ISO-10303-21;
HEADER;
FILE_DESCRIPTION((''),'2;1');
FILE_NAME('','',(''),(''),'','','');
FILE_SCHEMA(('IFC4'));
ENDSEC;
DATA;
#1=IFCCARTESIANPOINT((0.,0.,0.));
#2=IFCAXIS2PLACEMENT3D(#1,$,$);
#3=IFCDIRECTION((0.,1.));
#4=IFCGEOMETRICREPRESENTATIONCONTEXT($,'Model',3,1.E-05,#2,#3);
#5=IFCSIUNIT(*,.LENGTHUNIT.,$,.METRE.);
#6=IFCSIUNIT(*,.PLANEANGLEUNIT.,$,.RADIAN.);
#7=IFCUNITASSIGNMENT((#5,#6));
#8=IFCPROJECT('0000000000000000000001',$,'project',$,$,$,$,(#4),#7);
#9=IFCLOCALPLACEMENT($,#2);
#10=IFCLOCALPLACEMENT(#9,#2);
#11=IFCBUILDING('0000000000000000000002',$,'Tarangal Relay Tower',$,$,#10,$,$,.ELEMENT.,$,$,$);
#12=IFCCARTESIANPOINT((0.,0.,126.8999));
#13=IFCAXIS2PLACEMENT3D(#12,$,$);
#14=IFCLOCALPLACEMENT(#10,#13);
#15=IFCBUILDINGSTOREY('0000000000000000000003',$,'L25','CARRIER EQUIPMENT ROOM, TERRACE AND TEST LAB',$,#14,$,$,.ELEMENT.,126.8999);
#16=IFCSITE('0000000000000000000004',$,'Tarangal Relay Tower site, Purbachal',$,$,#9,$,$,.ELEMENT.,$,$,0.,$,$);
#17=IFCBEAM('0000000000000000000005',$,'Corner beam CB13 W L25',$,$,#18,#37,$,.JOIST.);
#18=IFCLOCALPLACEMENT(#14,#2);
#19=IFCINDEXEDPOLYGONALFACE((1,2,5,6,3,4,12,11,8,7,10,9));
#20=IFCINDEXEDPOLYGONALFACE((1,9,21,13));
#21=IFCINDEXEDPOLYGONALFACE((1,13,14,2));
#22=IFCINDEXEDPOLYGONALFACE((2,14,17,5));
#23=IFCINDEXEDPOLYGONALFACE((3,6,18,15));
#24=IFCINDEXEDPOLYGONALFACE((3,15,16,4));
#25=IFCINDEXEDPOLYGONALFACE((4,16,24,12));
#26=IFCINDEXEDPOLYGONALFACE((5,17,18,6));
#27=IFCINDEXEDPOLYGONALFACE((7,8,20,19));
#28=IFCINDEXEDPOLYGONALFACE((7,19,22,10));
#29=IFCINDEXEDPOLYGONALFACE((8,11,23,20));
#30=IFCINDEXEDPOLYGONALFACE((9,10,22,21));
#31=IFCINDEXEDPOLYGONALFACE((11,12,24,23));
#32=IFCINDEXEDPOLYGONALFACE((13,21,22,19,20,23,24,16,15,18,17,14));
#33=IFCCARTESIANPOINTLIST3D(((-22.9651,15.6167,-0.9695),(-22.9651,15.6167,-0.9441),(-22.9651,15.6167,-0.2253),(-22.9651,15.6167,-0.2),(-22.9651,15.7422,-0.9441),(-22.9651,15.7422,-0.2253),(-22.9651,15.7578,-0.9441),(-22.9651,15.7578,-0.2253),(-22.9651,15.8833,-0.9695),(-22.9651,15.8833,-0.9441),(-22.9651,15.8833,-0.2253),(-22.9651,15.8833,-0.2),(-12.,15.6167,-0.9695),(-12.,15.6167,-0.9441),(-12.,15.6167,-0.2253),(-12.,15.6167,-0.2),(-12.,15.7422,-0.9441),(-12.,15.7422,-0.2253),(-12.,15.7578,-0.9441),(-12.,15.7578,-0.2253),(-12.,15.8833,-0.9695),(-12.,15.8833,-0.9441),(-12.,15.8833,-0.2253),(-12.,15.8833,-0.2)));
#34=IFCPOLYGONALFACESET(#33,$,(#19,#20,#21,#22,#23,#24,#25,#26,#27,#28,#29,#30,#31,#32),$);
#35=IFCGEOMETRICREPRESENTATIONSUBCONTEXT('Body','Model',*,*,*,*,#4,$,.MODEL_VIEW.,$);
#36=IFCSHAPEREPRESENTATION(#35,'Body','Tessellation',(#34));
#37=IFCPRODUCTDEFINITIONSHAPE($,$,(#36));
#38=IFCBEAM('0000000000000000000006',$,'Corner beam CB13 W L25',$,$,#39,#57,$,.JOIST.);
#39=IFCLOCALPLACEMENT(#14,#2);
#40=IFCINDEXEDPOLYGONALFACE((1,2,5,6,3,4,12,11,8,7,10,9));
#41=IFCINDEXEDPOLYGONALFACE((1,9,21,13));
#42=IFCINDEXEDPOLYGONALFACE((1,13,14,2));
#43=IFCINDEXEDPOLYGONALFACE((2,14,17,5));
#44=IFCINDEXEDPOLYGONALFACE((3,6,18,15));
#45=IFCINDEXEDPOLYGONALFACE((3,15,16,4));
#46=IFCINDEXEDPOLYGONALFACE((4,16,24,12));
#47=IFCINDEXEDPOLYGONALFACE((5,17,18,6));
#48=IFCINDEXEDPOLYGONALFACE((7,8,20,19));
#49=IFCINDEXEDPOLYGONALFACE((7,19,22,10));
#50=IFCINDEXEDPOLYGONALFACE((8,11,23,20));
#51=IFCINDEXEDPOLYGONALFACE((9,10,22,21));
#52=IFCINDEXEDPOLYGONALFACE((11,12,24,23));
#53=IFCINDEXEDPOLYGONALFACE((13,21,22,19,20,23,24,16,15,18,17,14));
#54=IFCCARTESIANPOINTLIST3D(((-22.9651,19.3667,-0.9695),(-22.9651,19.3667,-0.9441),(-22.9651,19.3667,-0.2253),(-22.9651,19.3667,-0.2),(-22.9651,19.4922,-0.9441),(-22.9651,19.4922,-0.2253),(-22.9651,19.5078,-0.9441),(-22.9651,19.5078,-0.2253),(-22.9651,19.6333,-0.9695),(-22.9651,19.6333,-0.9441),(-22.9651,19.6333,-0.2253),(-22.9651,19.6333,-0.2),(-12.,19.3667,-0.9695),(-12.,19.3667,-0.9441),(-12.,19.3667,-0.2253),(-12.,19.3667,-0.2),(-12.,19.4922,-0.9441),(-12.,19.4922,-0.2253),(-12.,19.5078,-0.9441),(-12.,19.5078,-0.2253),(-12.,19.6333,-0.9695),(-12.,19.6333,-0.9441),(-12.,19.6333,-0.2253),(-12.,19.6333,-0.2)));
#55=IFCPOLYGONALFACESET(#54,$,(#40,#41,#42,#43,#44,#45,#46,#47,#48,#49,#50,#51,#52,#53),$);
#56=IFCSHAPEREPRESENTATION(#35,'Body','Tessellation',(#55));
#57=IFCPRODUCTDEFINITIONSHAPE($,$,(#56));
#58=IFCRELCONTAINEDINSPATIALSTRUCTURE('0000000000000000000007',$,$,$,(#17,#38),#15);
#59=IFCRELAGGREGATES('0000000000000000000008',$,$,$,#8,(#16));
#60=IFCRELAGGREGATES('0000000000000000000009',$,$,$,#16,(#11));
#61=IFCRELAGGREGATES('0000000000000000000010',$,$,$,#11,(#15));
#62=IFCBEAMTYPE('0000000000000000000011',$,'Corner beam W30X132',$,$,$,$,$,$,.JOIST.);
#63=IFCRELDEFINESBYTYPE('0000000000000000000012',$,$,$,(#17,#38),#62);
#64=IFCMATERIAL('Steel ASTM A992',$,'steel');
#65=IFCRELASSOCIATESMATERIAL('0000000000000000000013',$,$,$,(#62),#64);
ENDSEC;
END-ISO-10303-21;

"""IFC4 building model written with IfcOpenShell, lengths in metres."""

from ifc_helpers import new_model, si_unit, direction, frame, origin, origin_2d, place, context, subcontext, project, spatial, i_section, extrude, material, material_profile, profile_set, type_object, element, save


model = new_model("IFC4")

# Units and contexts
model_context = context("Model", 3, precision=1e-05, world=origin(), true_north=direction((0.0, 1.0)))
body_context = subcontext(model_context, "Body", "Model", "MODEL_VIEW")
ifc_project = project(units=[si_unit("LENGTHUNIT", "METRE"), si_unit("PLANEANGLEUNIT", "RADIAN")], contexts=[model_context])

# Site, building, storey
site_placement = place(None, origin())
site = spatial("IfcSite", under=ifc_project, at=site_placement, Name="Tarangal Relay Tower site, Purbachal", CompositionType="ELEMENT", RefElevation=0.0)
building_placement = place(site_placement, origin())
building = spatial("IfcBuilding", under=site, at=building_placement, Name="Tarangal Relay Tower", CompositionType="ELEMENT")
storey_placement = place(building_placement, frame((0.0, 0.0, 126.8999)))
storey = spatial("IfcBuildingStorey", under=building, at=storey_placement, Name="L25", Description="CARRIER EQUIPMENT ROOM, TERRACE AND TEST LAB", CompositionType="ELEMENT", Elevation=126.8999)

# Beams
ifc_material_1 = material(Name="Steel ASTM A992", Category="steel")
ifc_material_profile = material_profile(ifc_material_1, i_section(OverallWidth=0.2666, OverallDepth=0.7695, WebThickness=0.0156, FlangeThickness=0.0254, at=origin_2d()), Name="W30X132")
ifc_profile_set = profile_set([ifc_material_profile], Name="Steel ASTM A992")
beam_type = type_object("IfcBeamType", Name="Corner beam W30X132", PredefinedType="JOIST", material=ifc_profile_set)
for number, where, z_axis, x_axis, name in (
    (1, (-12.0, 15.75, -0.5847), (-1.0, 0.0, 0.0), (0.0, -1.0, 0.0), "Corner beam CB13 W L25"),
    (2, (-12.0, 19.5, -0.5847), (-1.0, 0.0, 0.0), (0.0, -1.0, 0.0), "Corner beam CB13 W L25"),
):
    element("IfcBeam", number, at=place(storey_placement, frame(where, z_axis=z_axis, x_axis=x_axis)), inside=storey, type_object=beam_type, Name=name, PredefinedType="JOIST", context=body_context, shape_type="SweptSolid", body=[
        extrude(i_section(OverallWidth=0.2666, OverallDepth=0.7695, WebThickness=0.0156, FlangeThickness=0.0254, at=origin_2d()), origin(), (0.0, 0.0, 1.0), 10.9651),
    ])

save(model, "model.ifc")
